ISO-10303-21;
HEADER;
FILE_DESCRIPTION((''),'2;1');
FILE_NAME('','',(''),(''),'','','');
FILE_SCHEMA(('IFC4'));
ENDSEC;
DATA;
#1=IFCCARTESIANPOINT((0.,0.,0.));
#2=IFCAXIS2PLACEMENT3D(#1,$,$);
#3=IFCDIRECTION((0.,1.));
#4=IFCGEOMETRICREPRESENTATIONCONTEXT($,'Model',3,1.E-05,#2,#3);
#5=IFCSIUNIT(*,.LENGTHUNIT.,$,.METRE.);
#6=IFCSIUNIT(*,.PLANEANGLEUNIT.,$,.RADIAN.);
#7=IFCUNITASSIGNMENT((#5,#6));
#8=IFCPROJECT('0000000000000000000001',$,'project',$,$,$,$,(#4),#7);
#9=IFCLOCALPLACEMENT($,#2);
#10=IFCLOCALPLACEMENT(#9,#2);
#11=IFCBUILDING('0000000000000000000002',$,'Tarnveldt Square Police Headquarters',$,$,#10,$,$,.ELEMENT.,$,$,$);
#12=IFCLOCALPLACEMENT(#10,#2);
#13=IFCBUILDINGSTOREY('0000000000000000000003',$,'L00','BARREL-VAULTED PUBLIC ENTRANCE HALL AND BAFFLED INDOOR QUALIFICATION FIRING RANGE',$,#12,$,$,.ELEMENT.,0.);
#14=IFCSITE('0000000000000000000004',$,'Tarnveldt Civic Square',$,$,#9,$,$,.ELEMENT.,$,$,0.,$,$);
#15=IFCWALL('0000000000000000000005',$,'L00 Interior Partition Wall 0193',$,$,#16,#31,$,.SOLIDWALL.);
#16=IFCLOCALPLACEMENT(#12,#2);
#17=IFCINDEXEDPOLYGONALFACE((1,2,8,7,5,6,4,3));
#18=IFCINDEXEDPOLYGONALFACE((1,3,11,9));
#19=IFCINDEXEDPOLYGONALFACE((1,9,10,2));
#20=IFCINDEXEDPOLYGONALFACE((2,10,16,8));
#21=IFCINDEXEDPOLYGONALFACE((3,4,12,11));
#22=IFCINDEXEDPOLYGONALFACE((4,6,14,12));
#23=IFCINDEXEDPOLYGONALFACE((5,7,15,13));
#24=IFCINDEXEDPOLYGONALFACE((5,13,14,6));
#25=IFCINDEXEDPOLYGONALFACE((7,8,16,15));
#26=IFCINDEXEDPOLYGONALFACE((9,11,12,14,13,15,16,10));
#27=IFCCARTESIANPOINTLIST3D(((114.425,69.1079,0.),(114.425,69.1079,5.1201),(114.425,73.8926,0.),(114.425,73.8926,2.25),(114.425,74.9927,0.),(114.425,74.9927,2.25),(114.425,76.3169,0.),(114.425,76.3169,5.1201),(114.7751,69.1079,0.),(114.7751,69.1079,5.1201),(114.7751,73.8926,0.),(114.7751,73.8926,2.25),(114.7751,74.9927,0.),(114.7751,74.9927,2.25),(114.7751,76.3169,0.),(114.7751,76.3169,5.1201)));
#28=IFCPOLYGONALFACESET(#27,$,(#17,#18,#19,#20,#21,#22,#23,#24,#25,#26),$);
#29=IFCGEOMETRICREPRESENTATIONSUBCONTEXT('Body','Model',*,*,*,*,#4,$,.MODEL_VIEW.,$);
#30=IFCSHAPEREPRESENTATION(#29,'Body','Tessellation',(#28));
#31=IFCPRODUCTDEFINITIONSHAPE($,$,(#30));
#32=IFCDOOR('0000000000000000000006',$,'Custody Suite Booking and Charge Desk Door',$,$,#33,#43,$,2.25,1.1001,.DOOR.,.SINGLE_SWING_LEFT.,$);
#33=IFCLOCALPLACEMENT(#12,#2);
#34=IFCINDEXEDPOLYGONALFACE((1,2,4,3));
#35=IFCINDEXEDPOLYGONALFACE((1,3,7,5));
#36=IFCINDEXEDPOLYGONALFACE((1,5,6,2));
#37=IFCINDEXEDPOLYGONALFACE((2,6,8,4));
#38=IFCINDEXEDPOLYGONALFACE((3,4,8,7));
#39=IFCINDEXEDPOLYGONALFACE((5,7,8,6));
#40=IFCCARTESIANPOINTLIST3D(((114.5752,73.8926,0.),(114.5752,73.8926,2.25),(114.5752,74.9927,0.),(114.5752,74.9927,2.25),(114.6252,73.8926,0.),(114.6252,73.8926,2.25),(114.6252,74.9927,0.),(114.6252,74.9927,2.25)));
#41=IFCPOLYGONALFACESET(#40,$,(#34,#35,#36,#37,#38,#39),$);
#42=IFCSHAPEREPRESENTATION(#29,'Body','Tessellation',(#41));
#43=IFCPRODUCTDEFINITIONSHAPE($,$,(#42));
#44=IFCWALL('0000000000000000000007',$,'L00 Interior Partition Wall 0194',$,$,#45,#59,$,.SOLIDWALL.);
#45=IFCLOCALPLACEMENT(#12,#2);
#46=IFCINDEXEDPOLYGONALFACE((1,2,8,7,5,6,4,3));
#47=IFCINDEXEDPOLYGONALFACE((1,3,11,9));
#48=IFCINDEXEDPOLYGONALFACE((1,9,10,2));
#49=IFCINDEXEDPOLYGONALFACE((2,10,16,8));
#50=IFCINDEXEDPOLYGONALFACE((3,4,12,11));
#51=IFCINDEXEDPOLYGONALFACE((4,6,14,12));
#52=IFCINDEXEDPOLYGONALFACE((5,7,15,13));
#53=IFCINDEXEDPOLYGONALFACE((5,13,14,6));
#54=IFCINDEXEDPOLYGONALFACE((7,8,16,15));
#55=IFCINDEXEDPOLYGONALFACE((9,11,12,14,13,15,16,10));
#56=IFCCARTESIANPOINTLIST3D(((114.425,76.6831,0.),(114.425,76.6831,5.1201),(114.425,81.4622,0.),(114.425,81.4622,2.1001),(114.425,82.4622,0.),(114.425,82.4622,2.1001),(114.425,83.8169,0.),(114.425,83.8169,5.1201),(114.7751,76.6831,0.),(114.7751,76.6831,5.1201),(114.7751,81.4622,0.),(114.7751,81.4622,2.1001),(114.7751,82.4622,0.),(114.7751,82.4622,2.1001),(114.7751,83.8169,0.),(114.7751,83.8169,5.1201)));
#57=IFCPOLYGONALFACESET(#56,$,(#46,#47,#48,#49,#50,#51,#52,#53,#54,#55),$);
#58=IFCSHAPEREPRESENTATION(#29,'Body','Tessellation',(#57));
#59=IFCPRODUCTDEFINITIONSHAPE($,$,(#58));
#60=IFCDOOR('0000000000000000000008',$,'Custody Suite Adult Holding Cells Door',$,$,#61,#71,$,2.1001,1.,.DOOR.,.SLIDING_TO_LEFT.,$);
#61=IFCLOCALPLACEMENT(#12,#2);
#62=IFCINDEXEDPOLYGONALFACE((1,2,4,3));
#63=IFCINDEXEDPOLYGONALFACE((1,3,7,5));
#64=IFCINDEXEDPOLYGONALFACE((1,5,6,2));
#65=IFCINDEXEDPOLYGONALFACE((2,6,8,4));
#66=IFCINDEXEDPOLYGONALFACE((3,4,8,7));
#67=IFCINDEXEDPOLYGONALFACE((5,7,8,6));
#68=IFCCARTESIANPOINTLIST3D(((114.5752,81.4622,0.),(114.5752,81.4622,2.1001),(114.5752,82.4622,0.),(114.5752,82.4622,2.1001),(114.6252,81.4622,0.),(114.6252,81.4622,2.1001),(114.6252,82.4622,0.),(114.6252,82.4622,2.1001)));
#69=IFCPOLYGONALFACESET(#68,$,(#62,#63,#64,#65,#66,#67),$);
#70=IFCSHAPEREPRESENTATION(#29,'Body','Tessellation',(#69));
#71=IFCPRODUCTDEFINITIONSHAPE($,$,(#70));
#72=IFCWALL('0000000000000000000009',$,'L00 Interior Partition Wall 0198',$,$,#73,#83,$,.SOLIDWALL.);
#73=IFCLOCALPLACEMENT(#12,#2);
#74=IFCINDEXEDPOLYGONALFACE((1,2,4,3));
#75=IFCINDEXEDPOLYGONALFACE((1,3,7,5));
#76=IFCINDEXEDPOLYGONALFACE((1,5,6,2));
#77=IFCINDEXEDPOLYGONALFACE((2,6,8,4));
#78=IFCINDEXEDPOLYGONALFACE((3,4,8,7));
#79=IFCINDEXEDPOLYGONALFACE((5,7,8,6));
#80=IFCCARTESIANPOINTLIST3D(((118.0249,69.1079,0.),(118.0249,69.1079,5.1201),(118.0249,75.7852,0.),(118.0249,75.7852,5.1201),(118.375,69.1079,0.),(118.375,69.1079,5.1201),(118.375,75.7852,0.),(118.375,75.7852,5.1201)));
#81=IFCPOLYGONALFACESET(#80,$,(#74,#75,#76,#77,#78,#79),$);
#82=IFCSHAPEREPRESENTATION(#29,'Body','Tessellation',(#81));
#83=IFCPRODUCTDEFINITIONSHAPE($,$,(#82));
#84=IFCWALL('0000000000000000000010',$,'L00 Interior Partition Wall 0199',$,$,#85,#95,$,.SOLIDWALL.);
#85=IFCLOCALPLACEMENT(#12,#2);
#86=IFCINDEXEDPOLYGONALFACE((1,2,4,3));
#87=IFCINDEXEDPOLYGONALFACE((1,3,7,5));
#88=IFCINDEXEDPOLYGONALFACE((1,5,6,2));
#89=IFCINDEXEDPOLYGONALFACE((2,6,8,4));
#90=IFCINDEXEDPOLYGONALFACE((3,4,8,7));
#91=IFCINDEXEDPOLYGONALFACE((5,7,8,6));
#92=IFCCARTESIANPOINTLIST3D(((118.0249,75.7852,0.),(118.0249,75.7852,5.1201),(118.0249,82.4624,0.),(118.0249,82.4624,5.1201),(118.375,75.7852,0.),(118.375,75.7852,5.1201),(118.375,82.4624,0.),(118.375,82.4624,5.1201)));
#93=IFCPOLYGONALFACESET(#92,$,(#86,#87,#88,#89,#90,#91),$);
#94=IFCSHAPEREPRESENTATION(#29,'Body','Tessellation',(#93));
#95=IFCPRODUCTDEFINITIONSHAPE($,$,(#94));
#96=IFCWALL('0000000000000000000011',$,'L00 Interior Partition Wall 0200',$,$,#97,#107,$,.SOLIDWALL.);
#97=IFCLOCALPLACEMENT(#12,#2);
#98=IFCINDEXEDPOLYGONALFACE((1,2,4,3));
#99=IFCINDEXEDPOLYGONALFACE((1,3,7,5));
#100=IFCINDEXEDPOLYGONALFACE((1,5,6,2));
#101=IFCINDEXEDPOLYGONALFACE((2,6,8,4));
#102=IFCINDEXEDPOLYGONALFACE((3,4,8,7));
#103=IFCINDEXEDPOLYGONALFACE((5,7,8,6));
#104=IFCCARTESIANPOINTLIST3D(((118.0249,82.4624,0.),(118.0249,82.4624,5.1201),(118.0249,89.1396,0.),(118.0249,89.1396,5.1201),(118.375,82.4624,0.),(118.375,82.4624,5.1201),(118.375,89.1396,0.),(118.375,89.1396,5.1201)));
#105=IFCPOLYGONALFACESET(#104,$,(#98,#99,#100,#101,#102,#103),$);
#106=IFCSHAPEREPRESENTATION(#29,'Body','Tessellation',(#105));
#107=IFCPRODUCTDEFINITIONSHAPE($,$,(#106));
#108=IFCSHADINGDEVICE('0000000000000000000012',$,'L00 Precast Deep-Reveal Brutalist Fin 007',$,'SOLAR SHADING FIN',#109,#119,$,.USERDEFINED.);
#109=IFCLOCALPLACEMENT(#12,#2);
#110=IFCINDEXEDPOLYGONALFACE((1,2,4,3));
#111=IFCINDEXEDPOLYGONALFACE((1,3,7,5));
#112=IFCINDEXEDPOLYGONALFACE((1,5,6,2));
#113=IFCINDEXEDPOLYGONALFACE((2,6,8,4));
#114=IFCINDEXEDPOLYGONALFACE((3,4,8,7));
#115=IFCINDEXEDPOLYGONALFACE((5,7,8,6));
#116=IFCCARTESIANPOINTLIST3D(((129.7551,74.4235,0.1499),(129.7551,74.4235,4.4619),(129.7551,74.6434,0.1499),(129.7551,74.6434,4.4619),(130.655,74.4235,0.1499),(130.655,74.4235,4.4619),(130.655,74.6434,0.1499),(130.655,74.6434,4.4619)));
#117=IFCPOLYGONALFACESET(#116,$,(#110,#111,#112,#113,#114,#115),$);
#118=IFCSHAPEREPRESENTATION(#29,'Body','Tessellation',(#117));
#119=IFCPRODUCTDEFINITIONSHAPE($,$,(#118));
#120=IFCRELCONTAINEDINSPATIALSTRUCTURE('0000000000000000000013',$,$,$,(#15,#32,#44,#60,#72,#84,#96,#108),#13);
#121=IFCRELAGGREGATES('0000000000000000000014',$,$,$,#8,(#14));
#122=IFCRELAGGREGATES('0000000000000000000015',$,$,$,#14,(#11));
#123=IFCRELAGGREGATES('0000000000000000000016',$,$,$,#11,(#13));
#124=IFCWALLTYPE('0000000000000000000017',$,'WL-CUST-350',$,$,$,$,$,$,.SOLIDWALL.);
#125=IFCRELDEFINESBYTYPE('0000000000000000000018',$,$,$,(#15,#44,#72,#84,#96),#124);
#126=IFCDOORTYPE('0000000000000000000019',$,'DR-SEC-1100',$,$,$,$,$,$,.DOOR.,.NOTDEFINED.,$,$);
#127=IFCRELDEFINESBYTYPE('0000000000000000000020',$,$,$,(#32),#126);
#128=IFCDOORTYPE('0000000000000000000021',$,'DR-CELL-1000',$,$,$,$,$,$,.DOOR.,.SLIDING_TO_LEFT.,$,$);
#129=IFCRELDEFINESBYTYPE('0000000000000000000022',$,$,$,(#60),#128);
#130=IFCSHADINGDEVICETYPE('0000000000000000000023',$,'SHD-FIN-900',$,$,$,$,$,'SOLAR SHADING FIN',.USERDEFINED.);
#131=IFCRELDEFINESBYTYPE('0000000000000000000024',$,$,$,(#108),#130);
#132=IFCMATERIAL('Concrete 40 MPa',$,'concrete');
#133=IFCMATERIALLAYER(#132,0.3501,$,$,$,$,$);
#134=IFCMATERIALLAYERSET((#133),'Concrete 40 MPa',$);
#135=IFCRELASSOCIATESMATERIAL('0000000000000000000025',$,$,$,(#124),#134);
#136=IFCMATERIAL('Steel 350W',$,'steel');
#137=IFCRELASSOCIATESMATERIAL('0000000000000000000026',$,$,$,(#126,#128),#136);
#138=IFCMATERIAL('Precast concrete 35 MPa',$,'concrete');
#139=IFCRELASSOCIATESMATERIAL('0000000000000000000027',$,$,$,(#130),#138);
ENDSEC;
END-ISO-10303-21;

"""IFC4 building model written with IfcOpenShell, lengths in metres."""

from ifc_helpers import new_model, si_unit, direction, frame, frame_2d, origin, origin_2d, place, context, subcontext, project, spatial, rectangle, extrude, material, layer, layer_set, material_profile, profile_set, type_object, element, fill, save


model = new_model("IFC4")

# Units and contexts
model_context = context("Model", 3, precision=1e-05, world=origin(), true_north=direction((0.0, 1.0)))
body_context = subcontext(model_context, "Body", "Model", "MODEL_VIEW")
ifc_project = project(units=[si_unit("LENGTHUNIT", "METRE"), si_unit("PLANEANGLEUNIT", "RADIAN")], contexts=[model_context])

# Site, building, storey
site_placement = place(None, origin())
site = spatial("IfcSite", under=ifc_project, at=site_placement, Name="Tarnveldt Civic Square", CompositionType="ELEMENT", RefElevation=0.0)
building_placement = place(site_placement, origin())
building = spatial("IfcBuilding", under=site, at=building_placement, Name="Tarnveldt Square Police Headquarters", CompositionType="ELEMENT")
storey_placement = place(building_placement, origin())
storey = spatial("IfcBuildingStorey", under=building, at=storey_placement, Name="L00", Description="BARREL-VAULTED PUBLIC ENTRANCE HALL AND BAFFLED INDOOR QUALIFICATION FIRING RANGE", CompositionType="ELEMENT", Elevation=0.0)

# Shared definitions
ifc_material_1 = material(Name="Concrete 40 MPa", Category="concrete")
ifc_material_2 = material(Name="Steel 350W", Category="steel")

# Shared definitions
ifc_layer = layer(ifc_material_1, 0.3501)
ifc_layer_set = layer_set([ifc_layer], Name="Concrete 40 MPa")
wall_type = type_object("IfcWallType", Name="WL-CUST-350", PredefinedType="SOLIDWALL", material=ifc_layer_set)

# Walls, openings, doors
wall_1_placement = place(storey_placement, frame((114.6001, 69.1079, 0.0), z_axis=(0.0, 0.0, 1.0), x_axis=(0.0, 1.0, 0.0)))
wall_1 = element("IfcWall", 1, at=wall_1_placement, inside=storey, type_object=wall_type, Name="L00 Interior Partition Wall 0193", PredefinedType="SOLIDWALL", context=body_context, shape_type="SweptSolid", body=[
    extrude(rectangle(XDim=7.209, YDim=0.3501, at=frame_2d((3.6045, 0.0))), origin(), (0.0, 0.0, 1.0), 5.1201),
])
opening_1_placement = place(wall_1_placement, frame((4.7847, 0.0, 0.0)))
opening_1 = element("IfcOpeningElement", 2, at=opening_1_placement, cuts=wall_1, PredefinedType="OPENING", context=body_context, shape_type="SweptSolid", body=[
    extrude(rectangle(XDim=1.1001, YDim=2.25, at=frame_2d((0.55, 1.125))), frame((0.0, 0.1851, 0.0), z_axis=(0.0, -1.0, 0.0), x_axis=(1.0, 0.0, 0.0)), (0.0, 0.0, 1.0), 0.3701),
])
door_type_1 = type_object("IfcDoorType", Name="DR-SEC-1100", OperationType="NOTDEFINED", PredefinedType="DOOR", material=ifc_material_2)
door_1_placement = place(opening_1_placement, origin())
door_1 = element("IfcDoor", 3, at=door_1_placement, inside=storey, type_object=door_type_1, Name="Custody Suite Booking and Charge Desk Door", OperationType="SINGLE_SWING_LEFT", OverallHeight=2.25, OverallWidth=1.1001, PredefinedType="DOOR", context=body_context, shape_type="SweptSolid", body=[
    extrude(rectangle(XDim=1.1001, YDim=2.25, at=frame_2d((0.55, 1.125))), frame((0.0, 0.0249, 0.0), z_axis=(0.0, -1.0, 0.0), x_axis=(1.0, 0.0, 0.0)), (0.0, 0.0, 1.0), 0.05),
])
fill(opening_1, door_1)
wall_2_placement = place(storey_placement, frame((114.6001, 76.6831, 0.0), z_axis=(0.0, 0.0, 1.0), x_axis=(0.0, 1.0, 0.0)))
wall_2 = element("IfcWall", 4, at=wall_2_placement, inside=storey, type_object=wall_type, Name="L00 Interior Partition Wall 0194", PredefinedType="SOLIDWALL", context=body_context, shape_type="SweptSolid", body=[
    extrude(rectangle(XDim=7.1338, YDim=0.3501, at=frame_2d((3.5669, 0.0))), origin(), (0.0, 0.0, 1.0), 5.1201),
])
opening_2_placement = place(wall_2_placement, frame((4.7791, 0.0, 0.0)))
opening_2 = element("IfcOpeningElement", 5, at=opening_2_placement, cuts=wall_2, PredefinedType="OPENING", context=body_context, shape_type="SweptSolid", body=[
    extrude(rectangle(XDim=1.0, YDim=2.1001, at=frame_2d((0.5, 1.05))), frame((0.0, 0.1851, 0.0), z_axis=(0.0, -1.0, 0.0), x_axis=(1.0, 0.0, 0.0)), (0.0, 0.0, 1.0), 0.3701),
])
door_type_2 = type_object("IfcDoorType", Name="DR-CELL-1000", OperationType="SLIDING_TO_LEFT", PredefinedType="DOOR", material=ifc_material_2)
door_2_placement = place(opening_2_placement, origin())
door_2 = element("IfcDoor", 6, at=door_2_placement, inside=storey, type_object=door_type_2, Name="Custody Suite Adult Holding Cells Door", OperationType="SLIDING_TO_LEFT", OverallHeight=2.1001, OverallWidth=1.0, PredefinedType="DOOR", context=body_context, shape_type="SweptSolid", body=[
    extrude(rectangle(XDim=1.0, YDim=2.1001, at=frame_2d((0.5, 1.05))), frame((0.0, 0.0249, 0.0), z_axis=(0.0, -1.0, 0.0), x_axis=(1.0, 0.0, 0.0)), (0.0, 0.0, 1.0), 0.05),
])
fill(opening_2, door_2)

# Walls
for number, where, z_axis, x_axis, name in (
    (7, (118.2, 69.1079, 0.0), (0.0, 0.0, 1.0), (0.0, 1.0, 0.0), "L00 Interior Partition Wall 0198"),
    (8, (118.2, 75.7852, 0.0), (0.0, 0.0, 1.0), (0.0, 1.0, 0.0), "L00 Interior Partition Wall 0199"),
    (9, (118.2, 82.4624, 0.0), (0.0, 0.0, 1.0), (0.0, 1.0, 0.0), "L00 Interior Partition Wall 0200"),
):
    element("IfcWall", number, at=place(storey_placement, frame(where, z_axis=z_axis, x_axis=x_axis)), inside=storey, type_object=wall_type, Name=name, PredefinedType="SOLIDWALL", context=body_context, shape_type="SweptSolid", body=[
        extrude(rectangle(XDim=6.6772, YDim=0.3501, at=frame_2d((3.3386, 0.0))), origin(), (0.0, 0.0, 1.0), 5.1201),
    ])

# Shading device
ifc_material_3 = material(Name="Precast concrete 35 MPa", Category="concrete")
ifc_material_profile_1 = material_profile(ifc_material_3, rectangle(XDim=0.22, YDim=0.8999, at=origin_2d()), Name="PC-FIN220x900")
ifc_profile_set_1 = profile_set([ifc_material_profile_1], Name="Precast concrete 35 MPa")
shading_device_type = type_object("IfcShadingDeviceType", Name="SHD-FIN-900", ElementType="SOLAR SHADING FIN", PredefinedType="USERDEFINED", material=ifc_profile_set_1)
shading_device_placement = place(storey_placement, frame((130.2051, 74.5334, 0.1499), z_axis=(0.0, 0.0, 1.0), x_axis=(0.0, 1.0, 0.0)))
element("IfcShadingDevice", 10, at=shading_device_placement, inside=storey, type_object=shading_device_type, Name="L00 Precast Deep-Reveal Brutalist Fin 007", ObjectType="SOLAR SHADING FIN", PredefinedType="USERDEFINED", context=body_context, shape_type="SweptSolid", body=[
    extrude(rectangle(XDim=0.22, YDim=0.8999, at=origin_2d()), origin(), (0.0, 0.0, 1.0), 4.312),
])

save(model, "model.ifc")
